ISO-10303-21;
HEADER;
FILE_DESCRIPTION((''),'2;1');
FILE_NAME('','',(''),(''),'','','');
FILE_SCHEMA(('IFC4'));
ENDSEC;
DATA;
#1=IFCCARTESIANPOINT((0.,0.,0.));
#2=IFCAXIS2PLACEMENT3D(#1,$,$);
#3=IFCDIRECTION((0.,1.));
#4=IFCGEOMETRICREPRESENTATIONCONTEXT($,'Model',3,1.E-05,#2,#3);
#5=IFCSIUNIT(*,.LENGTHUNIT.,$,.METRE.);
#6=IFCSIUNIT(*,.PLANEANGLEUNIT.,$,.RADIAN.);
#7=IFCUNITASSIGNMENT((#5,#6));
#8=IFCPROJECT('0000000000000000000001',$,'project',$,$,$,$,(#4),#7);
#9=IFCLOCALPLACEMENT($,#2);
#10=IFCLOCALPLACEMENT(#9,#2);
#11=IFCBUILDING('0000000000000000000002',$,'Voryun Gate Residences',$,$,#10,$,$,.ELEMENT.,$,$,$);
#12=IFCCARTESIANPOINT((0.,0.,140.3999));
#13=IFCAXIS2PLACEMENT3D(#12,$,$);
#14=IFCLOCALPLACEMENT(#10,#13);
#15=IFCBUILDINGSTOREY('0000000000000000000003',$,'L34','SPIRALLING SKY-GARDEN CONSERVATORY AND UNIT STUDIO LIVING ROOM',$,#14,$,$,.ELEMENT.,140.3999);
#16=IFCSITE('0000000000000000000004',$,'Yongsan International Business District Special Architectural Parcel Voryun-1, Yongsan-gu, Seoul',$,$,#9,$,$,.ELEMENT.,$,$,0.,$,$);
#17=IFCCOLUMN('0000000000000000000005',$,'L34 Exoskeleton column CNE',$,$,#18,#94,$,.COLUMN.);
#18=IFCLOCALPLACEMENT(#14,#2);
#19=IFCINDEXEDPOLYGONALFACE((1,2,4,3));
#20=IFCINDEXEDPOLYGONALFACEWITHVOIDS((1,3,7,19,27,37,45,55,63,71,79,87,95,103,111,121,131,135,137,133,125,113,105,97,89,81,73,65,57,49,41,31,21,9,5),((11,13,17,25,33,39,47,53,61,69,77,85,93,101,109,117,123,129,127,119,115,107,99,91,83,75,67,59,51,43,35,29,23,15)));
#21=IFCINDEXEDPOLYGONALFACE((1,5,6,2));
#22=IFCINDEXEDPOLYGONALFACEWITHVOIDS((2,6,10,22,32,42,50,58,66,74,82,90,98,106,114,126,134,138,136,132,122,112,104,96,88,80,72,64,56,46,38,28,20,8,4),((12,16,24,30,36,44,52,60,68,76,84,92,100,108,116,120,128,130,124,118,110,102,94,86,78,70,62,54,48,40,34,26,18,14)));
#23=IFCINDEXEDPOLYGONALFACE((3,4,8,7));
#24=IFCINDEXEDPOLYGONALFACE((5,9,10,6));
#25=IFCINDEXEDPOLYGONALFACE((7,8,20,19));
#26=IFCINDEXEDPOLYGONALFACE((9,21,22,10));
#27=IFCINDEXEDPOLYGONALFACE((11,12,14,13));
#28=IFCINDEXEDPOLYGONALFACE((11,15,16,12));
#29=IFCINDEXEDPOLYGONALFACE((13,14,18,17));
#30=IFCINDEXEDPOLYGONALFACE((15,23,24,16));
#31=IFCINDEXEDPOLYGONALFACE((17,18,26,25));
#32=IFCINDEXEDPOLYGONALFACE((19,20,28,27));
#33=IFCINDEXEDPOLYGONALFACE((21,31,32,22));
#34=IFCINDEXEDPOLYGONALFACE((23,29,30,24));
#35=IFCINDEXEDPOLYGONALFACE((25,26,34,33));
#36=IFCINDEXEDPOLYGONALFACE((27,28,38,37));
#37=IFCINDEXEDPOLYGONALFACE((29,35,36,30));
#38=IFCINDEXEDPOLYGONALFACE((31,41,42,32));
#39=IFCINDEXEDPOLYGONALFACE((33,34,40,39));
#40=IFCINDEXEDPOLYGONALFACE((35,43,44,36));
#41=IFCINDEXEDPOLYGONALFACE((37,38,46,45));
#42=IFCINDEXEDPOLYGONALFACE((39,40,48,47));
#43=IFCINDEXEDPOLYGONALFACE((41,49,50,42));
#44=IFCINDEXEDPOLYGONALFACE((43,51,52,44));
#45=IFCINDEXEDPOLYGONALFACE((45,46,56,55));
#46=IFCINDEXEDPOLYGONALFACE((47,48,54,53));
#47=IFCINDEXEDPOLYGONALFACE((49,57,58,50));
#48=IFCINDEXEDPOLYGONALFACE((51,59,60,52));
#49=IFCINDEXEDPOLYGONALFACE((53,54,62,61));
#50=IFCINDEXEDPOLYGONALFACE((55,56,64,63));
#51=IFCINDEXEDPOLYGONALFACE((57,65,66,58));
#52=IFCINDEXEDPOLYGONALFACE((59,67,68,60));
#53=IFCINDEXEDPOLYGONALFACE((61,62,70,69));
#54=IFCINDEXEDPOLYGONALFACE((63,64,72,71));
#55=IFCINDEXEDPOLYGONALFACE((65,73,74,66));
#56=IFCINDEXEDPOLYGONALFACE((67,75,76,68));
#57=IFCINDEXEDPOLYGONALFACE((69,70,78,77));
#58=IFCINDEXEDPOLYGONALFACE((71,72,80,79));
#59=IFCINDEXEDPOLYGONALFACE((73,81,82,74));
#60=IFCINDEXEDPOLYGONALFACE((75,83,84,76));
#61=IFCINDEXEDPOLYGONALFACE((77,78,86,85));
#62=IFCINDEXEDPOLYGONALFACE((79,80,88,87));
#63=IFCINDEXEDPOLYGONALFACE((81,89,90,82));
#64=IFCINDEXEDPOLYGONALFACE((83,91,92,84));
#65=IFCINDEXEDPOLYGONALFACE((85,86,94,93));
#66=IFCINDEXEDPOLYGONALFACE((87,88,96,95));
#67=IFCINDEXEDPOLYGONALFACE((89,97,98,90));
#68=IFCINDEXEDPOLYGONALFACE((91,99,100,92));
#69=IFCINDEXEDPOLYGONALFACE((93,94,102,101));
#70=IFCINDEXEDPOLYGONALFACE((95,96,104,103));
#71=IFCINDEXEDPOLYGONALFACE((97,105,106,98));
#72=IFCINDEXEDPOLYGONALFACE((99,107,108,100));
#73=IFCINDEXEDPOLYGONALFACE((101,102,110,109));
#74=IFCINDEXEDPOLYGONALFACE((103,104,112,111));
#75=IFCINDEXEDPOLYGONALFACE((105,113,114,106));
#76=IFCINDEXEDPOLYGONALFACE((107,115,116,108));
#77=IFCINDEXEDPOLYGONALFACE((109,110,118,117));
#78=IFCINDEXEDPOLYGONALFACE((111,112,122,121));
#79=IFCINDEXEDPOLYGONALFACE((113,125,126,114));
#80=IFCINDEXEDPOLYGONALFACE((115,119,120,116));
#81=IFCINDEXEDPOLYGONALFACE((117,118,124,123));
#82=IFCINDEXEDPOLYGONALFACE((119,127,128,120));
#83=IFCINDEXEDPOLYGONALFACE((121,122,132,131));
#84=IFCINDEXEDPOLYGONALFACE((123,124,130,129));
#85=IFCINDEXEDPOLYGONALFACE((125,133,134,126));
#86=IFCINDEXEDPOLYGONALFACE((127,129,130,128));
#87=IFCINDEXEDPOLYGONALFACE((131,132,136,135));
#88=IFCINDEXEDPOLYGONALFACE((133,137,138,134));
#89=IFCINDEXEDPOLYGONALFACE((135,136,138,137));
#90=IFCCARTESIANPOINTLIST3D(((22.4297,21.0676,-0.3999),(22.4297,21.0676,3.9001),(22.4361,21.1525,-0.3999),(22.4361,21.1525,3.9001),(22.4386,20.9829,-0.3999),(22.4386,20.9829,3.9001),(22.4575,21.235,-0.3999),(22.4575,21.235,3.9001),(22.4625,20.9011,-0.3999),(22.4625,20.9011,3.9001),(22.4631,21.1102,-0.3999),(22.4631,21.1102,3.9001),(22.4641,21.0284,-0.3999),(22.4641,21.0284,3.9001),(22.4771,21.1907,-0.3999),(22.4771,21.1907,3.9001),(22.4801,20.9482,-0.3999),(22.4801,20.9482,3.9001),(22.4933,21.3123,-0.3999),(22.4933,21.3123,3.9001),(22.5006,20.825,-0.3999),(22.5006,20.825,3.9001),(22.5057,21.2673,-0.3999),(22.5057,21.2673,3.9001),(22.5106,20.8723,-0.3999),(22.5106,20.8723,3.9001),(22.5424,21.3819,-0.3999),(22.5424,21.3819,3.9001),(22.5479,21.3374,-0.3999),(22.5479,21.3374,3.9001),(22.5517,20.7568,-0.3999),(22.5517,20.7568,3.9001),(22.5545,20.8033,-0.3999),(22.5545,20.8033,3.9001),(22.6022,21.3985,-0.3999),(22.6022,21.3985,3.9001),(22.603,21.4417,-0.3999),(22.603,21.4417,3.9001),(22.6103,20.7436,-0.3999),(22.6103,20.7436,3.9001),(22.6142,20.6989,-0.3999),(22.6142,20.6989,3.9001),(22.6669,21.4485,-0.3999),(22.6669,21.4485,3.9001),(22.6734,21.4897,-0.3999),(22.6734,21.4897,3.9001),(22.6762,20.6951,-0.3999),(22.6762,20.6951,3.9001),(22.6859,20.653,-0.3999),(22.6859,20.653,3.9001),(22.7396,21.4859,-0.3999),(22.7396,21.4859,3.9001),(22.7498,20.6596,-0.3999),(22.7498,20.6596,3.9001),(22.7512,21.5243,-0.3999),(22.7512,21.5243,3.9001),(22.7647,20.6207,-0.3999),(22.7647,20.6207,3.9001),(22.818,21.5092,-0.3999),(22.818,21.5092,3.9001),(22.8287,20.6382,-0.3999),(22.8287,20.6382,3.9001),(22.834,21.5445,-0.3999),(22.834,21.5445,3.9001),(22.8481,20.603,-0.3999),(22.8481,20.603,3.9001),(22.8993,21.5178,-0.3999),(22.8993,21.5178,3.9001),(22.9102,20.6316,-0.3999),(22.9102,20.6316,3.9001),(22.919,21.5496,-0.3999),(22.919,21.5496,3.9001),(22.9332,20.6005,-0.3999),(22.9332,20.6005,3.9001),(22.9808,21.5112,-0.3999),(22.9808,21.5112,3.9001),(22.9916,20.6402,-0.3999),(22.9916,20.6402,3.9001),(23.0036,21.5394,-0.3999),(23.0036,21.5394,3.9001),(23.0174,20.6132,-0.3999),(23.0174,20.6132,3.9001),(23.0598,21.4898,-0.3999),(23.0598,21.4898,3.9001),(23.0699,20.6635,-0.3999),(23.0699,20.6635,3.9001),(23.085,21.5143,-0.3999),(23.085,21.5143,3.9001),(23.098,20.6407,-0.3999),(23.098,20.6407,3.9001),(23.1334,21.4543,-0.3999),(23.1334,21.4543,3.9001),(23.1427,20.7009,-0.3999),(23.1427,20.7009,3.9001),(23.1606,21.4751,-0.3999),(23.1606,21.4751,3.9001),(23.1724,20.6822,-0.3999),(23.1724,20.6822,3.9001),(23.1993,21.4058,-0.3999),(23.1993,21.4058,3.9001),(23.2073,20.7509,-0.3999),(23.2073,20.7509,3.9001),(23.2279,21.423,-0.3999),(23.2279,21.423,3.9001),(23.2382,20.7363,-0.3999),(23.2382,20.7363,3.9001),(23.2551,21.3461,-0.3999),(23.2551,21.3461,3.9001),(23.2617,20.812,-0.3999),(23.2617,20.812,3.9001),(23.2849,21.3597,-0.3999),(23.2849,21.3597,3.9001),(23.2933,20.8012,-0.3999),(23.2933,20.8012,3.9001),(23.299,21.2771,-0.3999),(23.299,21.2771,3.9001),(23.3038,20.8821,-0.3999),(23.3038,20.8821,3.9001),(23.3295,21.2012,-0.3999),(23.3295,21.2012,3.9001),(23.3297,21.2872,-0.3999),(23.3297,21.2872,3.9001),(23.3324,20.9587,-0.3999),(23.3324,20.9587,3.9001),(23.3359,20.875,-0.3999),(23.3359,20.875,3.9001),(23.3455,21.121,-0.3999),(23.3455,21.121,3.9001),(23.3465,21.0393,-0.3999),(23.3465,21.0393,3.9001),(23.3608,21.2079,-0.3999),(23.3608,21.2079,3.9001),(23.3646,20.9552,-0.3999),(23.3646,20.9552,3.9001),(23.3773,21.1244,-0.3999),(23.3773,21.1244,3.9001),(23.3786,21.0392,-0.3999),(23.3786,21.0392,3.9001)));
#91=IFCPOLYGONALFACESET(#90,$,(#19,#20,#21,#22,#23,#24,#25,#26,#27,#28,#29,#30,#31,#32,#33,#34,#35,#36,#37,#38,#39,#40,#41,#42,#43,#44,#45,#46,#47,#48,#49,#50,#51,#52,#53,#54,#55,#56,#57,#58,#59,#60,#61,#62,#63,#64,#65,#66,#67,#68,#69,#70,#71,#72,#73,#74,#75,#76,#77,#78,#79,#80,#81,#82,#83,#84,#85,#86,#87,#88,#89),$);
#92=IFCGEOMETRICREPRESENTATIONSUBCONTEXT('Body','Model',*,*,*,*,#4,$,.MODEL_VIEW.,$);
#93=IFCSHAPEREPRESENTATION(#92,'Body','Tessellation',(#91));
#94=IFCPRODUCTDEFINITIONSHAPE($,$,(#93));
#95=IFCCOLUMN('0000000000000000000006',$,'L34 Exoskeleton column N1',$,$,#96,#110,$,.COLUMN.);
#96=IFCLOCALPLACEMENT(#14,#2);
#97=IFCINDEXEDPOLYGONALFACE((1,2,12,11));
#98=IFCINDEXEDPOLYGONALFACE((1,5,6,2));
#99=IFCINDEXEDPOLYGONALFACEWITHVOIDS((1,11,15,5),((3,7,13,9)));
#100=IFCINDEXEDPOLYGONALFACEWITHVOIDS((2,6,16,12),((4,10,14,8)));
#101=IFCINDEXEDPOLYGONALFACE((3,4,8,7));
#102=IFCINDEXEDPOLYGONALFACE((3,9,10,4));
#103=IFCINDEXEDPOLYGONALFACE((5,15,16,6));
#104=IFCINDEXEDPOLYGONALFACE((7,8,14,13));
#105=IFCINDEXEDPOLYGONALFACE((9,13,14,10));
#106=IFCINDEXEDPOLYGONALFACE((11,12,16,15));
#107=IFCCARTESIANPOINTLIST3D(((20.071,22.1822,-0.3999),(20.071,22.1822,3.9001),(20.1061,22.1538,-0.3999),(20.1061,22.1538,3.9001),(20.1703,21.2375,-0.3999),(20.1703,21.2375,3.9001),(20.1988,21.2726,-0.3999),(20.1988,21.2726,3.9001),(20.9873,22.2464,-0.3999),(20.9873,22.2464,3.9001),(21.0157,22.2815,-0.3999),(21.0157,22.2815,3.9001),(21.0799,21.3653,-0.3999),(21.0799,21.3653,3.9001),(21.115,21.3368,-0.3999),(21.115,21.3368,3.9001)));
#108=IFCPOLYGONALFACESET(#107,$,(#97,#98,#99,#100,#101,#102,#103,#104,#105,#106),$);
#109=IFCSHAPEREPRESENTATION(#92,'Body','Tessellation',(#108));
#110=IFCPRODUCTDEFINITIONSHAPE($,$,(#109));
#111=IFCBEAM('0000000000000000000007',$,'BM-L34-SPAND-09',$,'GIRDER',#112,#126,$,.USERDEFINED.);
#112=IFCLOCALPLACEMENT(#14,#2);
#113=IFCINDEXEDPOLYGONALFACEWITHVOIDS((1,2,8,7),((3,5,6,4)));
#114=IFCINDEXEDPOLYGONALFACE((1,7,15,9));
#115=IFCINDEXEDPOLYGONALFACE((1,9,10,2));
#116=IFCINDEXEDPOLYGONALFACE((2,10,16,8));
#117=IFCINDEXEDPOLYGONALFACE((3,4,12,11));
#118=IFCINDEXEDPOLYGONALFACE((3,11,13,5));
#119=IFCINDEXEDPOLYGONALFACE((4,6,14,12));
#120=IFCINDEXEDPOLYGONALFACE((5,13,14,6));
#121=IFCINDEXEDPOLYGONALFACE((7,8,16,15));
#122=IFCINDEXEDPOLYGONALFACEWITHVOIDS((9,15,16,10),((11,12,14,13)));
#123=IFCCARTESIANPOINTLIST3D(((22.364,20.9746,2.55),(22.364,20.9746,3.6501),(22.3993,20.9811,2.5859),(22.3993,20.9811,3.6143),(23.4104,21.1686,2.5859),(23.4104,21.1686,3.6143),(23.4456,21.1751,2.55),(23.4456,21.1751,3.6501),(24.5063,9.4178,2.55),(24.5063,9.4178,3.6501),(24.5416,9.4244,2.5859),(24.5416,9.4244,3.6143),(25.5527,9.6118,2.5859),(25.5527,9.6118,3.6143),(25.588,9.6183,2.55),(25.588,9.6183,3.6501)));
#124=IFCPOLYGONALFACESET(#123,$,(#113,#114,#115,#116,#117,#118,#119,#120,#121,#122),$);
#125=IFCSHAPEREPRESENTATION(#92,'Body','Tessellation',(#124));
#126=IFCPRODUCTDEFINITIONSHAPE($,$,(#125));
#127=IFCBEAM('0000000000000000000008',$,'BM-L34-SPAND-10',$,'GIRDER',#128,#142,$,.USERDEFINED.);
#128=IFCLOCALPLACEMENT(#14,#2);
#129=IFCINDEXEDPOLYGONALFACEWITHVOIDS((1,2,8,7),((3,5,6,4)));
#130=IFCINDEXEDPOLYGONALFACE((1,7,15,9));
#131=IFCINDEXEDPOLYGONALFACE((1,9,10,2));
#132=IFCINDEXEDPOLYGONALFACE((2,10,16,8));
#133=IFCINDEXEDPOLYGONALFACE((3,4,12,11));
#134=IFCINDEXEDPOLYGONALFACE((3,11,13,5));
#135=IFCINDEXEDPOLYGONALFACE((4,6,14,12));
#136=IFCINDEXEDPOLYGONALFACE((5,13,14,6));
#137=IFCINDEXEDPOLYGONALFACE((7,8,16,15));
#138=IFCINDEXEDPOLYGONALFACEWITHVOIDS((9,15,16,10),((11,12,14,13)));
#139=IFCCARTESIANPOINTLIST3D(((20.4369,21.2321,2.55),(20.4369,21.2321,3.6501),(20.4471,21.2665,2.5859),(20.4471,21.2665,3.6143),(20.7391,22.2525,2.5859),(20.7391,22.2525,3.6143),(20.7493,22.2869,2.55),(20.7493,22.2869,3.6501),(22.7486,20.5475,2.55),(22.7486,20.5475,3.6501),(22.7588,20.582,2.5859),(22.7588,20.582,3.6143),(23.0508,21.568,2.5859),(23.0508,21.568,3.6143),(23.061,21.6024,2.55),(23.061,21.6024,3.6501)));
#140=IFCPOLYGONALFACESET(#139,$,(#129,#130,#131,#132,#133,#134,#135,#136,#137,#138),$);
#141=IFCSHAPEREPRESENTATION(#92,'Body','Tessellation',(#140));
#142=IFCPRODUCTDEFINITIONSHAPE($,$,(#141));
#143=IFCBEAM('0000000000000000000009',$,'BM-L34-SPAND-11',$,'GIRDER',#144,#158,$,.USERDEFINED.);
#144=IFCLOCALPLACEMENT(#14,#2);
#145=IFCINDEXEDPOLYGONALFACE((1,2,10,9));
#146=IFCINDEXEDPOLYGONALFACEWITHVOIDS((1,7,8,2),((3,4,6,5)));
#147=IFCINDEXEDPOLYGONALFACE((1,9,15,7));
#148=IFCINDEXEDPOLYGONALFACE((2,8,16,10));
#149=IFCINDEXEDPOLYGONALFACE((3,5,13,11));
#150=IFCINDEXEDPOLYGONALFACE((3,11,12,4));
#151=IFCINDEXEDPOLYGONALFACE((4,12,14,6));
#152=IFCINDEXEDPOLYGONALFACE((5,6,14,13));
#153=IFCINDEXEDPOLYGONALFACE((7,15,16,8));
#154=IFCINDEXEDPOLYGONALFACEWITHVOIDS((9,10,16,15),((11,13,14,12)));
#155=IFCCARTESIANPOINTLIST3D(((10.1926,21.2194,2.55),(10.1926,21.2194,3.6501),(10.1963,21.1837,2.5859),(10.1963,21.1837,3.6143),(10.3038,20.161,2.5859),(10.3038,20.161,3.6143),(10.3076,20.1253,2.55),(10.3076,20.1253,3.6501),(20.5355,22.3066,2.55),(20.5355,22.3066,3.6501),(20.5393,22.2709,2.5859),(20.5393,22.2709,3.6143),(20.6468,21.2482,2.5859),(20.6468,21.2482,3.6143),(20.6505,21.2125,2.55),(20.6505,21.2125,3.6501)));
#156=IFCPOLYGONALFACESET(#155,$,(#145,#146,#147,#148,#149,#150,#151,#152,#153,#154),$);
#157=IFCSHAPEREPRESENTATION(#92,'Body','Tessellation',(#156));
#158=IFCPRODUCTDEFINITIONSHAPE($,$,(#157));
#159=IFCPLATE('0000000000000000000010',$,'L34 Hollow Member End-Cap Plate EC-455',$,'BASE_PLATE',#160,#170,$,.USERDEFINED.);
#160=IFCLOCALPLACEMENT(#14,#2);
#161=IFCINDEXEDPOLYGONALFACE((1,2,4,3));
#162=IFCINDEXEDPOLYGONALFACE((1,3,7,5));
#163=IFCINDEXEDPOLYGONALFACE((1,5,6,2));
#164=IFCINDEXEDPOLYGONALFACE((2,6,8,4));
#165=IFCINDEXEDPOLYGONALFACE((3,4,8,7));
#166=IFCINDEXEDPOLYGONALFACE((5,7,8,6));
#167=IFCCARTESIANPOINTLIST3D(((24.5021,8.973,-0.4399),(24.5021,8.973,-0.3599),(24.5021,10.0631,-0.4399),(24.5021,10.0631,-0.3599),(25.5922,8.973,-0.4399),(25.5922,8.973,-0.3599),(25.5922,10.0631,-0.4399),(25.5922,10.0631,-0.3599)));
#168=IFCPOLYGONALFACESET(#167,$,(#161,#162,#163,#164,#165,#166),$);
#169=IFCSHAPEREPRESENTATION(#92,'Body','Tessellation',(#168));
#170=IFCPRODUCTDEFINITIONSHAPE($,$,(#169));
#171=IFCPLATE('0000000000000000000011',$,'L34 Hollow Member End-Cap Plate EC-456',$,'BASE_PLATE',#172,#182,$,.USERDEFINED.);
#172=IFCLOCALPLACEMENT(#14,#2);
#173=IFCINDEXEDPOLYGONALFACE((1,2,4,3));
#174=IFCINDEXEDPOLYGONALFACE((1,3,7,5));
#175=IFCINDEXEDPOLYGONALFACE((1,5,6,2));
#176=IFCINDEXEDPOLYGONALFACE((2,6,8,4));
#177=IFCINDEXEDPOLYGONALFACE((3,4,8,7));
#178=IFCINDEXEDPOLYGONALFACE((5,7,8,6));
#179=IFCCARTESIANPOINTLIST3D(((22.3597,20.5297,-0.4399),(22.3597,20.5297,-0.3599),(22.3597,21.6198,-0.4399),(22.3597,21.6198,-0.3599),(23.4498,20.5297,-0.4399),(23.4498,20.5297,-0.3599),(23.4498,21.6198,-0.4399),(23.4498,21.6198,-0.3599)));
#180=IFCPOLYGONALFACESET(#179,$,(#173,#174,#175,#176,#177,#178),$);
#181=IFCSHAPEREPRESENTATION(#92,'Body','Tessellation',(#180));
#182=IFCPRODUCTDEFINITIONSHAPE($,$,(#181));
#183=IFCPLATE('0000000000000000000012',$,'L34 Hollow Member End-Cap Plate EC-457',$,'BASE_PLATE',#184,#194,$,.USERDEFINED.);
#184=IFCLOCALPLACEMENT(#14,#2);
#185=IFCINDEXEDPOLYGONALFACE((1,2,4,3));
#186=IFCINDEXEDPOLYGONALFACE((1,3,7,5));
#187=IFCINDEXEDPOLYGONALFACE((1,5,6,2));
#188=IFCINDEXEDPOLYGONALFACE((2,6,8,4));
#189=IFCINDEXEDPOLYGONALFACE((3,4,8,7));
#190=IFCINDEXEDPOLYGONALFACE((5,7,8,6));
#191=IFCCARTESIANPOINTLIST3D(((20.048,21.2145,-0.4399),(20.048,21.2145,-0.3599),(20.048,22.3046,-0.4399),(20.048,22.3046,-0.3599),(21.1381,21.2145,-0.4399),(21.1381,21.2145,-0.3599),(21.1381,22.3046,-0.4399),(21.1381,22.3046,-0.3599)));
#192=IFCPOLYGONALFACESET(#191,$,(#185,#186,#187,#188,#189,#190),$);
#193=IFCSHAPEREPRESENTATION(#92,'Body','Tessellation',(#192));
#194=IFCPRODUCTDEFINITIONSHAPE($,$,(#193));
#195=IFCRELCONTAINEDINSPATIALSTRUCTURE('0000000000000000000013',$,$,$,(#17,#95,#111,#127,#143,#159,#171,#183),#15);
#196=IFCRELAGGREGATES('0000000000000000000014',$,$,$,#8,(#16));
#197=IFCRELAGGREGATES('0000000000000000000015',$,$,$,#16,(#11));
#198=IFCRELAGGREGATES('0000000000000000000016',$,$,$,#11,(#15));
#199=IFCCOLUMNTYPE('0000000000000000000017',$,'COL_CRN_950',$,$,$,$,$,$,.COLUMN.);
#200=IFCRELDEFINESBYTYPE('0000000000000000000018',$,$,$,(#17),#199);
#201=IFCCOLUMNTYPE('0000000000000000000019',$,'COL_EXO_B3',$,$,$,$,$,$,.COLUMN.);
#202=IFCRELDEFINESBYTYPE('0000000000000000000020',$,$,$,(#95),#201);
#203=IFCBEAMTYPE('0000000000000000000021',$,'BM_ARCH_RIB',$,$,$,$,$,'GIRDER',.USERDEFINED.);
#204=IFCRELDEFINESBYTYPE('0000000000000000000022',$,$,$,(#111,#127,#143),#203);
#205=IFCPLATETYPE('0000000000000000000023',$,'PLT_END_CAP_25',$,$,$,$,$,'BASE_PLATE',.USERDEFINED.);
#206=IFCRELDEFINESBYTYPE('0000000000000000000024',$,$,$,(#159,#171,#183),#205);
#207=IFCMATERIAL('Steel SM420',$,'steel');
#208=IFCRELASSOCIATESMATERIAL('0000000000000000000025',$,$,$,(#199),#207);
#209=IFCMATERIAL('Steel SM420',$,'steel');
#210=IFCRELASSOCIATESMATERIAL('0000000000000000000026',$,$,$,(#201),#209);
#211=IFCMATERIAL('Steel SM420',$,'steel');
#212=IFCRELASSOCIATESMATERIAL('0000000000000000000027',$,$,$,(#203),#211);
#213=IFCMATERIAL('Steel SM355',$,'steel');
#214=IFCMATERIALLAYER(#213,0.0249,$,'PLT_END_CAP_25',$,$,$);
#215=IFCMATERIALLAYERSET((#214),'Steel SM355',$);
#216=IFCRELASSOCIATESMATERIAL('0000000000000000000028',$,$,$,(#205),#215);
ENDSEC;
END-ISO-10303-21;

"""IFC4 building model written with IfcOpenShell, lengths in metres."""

from ifc_helpers import new_model, si_unit, direction, frame, origin, origin_2d, place, context, subcontext, project, spatial, rectangle, hollow_rectangle, hollow_circle, extrude, material, layer, layer_set, material_profile, profile_set, type_object, element, save


model = new_model("IFC4")

# Units and contexts
model_context = context("Model", 3, precision=1e-05, world=origin(), true_north=direction((0.0, 1.0)))
body_context = subcontext(model_context, "Body", "Model", "MODEL_VIEW")
ifc_project = project(units=[si_unit("LENGTHUNIT", "METRE"), si_unit("PLANEANGLEUNIT", "RADIAN")], contexts=[model_context])

# Site, building, storey
site_placement = place(None, origin())
site = spatial("IfcSite", under=ifc_project, at=site_placement, Name="Yongsan International Business District Special Architectural Parcel Voryun-1, Yongsan-gu, Seoul", CompositionType="ELEMENT", RefElevation=0.0)
building_placement = place(site_placement, origin())
building = spatial("IfcBuilding", under=site, at=building_placement, Name="Voryun Gate Residences", CompositionType="ELEMENT")
storey_placement = place(building_placement, frame((0.0, 0.0, 140.3999)))
storey = spatial("IfcBuildingStorey", under=building, at=storey_placement, Name="L34", Description="SPIRALLING SKY-GARDEN CONSERVATORY AND UNIT STUDIO LIVING ROOM", CompositionType="ELEMENT", Elevation=140.3999)

# Columns
ifc_material_1 = material(Name="Steel SM420", Category="steel")
ifc_material_profile_1 = material_profile(ifc_material_1, hollow_circle(Radius=0.4751, WallThickness=0.032, at=origin_2d()), Name="CHS-950x32")
ifc_profile_set_1 = profile_set([ifc_material_profile_1], Name="Steel SM420")
column_type_1 = type_object("IfcColumnType", Name="COL_CRN_950", PredefinedType="COLUMN", material=ifc_profile_set_1)
column_1_placement = place(storey_placement, frame((22.9048, 21.0747, -0.3999), z_axis=(0.0, 0.0, 1.0), x_axis=(0.994522, 0.104528, 0.0)))
element("IfcColumn", 1, at=column_1_placement, inside=storey, type_object=column_type_1, Name="L34 Exoskeleton column CNE", PredefinedType="COLUMN", context=body_context, shape_type="SweptSolid", body=[
    extrude(hollow_circle(Radius=0.4751, WallThickness=0.032, at=origin_2d()), origin(), (0.0, 0.0, 1.0), 4.3),
])
ifc_material_2 = material(Name="Steel SM420", Category="steel")
ifc_material_profile_2 = material_profile(ifc_material_2, hollow_rectangle(XDim=0.95, YDim=0.95, WallThickness=0.032, at=origin_2d()), Name="BOX-950x950x32")
ifc_profile_set_2 = profile_set([ifc_material_profile_2], Name="Steel SM420")
column_type_2 = type_object("IfcColumnType", Name="COL_EXO_B3", PredefinedType="COLUMN", material=ifc_profile_set_2)
column_2_placement = place(storey_placement, frame((20.593, 21.7595, -0.3999), z_axis=(0.0, 0.0, 1.0), x_axis=(0.994522, 0.104528, 0.0)))
element("IfcColumn", 2, at=column_2_placement, inside=storey, type_object=column_type_2, Name="L34 Exoskeleton column N1", PredefinedType="COLUMN", context=body_context, shape_type="SweptSolid", body=[
    extrude(hollow_rectangle(XDim=0.95, YDim=0.95, WallThickness=0.032, at=origin_2d()), origin(), (0.0, 0.0, 1.0), 4.3),
])

# Beams
ifc_material_3 = material(Name="Steel SM420", Category="steel")
ifc_material_profile_3 = material_profile(ifc_material_3, hollow_rectangle(XDim=1.1001, YDim=1.1001, WallThickness=0.0359, at=origin_2d()), Name="BOX-1100x1100x36")
ifc_profile_set_3 = profile_set([ifc_material_profile_3], Name="Steel SM420")
beam_type = type_object("IfcBeamType", Name="BM_ARCH_RIB", ElementType="GIRDER", PredefinedType="USERDEFINED", material=ifc_profile_set_3)
beam_1_placement = place(storey_placement, frame((25.0471, 9.5181, 3.1001), z_axis=(-0.182268, 0.983249, 0.0), x_axis=(-0.983249, -0.182268, 0.0)))
element("IfcBeam", 3, at=beam_1_placement, inside=storey, type_object=beam_type, Name="BM-L34-SPAND-09", ObjectType="GIRDER", PredefinedType="USERDEFINED", context=body_context, shape_type="SweptSolid", body=[
    extrude(hollow_rectangle(XDim=1.1001, YDim=1.1001, WallThickness=0.0359, at=origin_2d()), origin(), (0.0, 0.0, 1.0), 11.7537),
])
beam_2_placement = place(storey_placement, frame((22.9048, 21.075, 3.1001), z_axis=(-0.958843, 0.283937, 0.0), x_axis=(-0.283937, -0.958843, 0.0)))
element("IfcBeam", 4, at=beam_2_placement, inside=storey, type_object=beam_type, Name="BM-L34-SPAND-10", ObjectType="GIRDER", PredefinedType="USERDEFINED", context=body_context, shape_type="SweptSolid", body=[
    extrude(hollow_rectangle(XDim=1.1001, YDim=1.1001, WallThickness=0.0359, at=origin_2d()), origin(), (0.0, 0.0, 1.0), 2.4109),
])
beam_3_placement = place(storey_placement, frame((20.593, 21.7595, 3.1001), z_axis=(-0.994521, -0.104534, 0.0), x_axis=(0.104534, -0.994521, 0.0)))
element("IfcBeam", 5, at=beam_3_placement, inside=storey, type_object=beam_type, Name="BM-L34-SPAND-11", ObjectType="GIRDER", PredefinedType="USERDEFINED", context=body_context, shape_type="SweptSolid", body=[
    extrude(hollow_rectangle(XDim=1.1001, YDim=1.1001, WallThickness=0.0359, at=origin_2d()), origin(), (0.0, 0.0, 1.0), 10.3999),
])

# Plates
ifc_material_4 = material(Name="Steel SM355", Category="steel")
ifc_layer_1 = layer(ifc_material_4, 0.0249, Name="PLT_END_CAP_25")
ifc_layer_set_1 = layer_set([ifc_layer_1], Name="Steel SM355")
plate_type = type_object("IfcPlateType", Name="PLT_END_CAP_25", ElementType="BASE_PLATE", PredefinedType="USERDEFINED", material=ifc_layer_set_1)
for number, where, z_axis, x_axis, name in (
    (6, (25.0471, 9.5181, -0.4399), (0.0, 0.0, 1.0), (1.0, 0.0, 0.0), "L34 Hollow Member End-Cap Plate EC-455"),
    (7, (22.9048, 21.0747, -0.4399), (0.0, 0.0, 1.0), (1.0, 0.0, 0.0), "L34 Hollow Member End-Cap Plate EC-456"),
    (8, (20.593, 21.7595, -0.4399), (0.0, 0.0, 1.0), (1.0, 0.0, 0.0), "L34 Hollow Member End-Cap Plate EC-457"),
):
    element("IfcPlate", number, at=place(storey_placement, frame(where, z_axis=z_axis, x_axis=x_axis)), inside=storey, type_object=plate_type, Name=name, ObjectType="BASE_PLATE", PredefinedType="USERDEFINED", context=body_context, shape_type="SweptSolid", body=[
        extrude(rectangle(XDim=1.0901, YDim=1.0901, at=origin_2d()), origin(), (0.0, 0.0, 1.0), 0.0801),
    ])

save(model, "model.ifc")
